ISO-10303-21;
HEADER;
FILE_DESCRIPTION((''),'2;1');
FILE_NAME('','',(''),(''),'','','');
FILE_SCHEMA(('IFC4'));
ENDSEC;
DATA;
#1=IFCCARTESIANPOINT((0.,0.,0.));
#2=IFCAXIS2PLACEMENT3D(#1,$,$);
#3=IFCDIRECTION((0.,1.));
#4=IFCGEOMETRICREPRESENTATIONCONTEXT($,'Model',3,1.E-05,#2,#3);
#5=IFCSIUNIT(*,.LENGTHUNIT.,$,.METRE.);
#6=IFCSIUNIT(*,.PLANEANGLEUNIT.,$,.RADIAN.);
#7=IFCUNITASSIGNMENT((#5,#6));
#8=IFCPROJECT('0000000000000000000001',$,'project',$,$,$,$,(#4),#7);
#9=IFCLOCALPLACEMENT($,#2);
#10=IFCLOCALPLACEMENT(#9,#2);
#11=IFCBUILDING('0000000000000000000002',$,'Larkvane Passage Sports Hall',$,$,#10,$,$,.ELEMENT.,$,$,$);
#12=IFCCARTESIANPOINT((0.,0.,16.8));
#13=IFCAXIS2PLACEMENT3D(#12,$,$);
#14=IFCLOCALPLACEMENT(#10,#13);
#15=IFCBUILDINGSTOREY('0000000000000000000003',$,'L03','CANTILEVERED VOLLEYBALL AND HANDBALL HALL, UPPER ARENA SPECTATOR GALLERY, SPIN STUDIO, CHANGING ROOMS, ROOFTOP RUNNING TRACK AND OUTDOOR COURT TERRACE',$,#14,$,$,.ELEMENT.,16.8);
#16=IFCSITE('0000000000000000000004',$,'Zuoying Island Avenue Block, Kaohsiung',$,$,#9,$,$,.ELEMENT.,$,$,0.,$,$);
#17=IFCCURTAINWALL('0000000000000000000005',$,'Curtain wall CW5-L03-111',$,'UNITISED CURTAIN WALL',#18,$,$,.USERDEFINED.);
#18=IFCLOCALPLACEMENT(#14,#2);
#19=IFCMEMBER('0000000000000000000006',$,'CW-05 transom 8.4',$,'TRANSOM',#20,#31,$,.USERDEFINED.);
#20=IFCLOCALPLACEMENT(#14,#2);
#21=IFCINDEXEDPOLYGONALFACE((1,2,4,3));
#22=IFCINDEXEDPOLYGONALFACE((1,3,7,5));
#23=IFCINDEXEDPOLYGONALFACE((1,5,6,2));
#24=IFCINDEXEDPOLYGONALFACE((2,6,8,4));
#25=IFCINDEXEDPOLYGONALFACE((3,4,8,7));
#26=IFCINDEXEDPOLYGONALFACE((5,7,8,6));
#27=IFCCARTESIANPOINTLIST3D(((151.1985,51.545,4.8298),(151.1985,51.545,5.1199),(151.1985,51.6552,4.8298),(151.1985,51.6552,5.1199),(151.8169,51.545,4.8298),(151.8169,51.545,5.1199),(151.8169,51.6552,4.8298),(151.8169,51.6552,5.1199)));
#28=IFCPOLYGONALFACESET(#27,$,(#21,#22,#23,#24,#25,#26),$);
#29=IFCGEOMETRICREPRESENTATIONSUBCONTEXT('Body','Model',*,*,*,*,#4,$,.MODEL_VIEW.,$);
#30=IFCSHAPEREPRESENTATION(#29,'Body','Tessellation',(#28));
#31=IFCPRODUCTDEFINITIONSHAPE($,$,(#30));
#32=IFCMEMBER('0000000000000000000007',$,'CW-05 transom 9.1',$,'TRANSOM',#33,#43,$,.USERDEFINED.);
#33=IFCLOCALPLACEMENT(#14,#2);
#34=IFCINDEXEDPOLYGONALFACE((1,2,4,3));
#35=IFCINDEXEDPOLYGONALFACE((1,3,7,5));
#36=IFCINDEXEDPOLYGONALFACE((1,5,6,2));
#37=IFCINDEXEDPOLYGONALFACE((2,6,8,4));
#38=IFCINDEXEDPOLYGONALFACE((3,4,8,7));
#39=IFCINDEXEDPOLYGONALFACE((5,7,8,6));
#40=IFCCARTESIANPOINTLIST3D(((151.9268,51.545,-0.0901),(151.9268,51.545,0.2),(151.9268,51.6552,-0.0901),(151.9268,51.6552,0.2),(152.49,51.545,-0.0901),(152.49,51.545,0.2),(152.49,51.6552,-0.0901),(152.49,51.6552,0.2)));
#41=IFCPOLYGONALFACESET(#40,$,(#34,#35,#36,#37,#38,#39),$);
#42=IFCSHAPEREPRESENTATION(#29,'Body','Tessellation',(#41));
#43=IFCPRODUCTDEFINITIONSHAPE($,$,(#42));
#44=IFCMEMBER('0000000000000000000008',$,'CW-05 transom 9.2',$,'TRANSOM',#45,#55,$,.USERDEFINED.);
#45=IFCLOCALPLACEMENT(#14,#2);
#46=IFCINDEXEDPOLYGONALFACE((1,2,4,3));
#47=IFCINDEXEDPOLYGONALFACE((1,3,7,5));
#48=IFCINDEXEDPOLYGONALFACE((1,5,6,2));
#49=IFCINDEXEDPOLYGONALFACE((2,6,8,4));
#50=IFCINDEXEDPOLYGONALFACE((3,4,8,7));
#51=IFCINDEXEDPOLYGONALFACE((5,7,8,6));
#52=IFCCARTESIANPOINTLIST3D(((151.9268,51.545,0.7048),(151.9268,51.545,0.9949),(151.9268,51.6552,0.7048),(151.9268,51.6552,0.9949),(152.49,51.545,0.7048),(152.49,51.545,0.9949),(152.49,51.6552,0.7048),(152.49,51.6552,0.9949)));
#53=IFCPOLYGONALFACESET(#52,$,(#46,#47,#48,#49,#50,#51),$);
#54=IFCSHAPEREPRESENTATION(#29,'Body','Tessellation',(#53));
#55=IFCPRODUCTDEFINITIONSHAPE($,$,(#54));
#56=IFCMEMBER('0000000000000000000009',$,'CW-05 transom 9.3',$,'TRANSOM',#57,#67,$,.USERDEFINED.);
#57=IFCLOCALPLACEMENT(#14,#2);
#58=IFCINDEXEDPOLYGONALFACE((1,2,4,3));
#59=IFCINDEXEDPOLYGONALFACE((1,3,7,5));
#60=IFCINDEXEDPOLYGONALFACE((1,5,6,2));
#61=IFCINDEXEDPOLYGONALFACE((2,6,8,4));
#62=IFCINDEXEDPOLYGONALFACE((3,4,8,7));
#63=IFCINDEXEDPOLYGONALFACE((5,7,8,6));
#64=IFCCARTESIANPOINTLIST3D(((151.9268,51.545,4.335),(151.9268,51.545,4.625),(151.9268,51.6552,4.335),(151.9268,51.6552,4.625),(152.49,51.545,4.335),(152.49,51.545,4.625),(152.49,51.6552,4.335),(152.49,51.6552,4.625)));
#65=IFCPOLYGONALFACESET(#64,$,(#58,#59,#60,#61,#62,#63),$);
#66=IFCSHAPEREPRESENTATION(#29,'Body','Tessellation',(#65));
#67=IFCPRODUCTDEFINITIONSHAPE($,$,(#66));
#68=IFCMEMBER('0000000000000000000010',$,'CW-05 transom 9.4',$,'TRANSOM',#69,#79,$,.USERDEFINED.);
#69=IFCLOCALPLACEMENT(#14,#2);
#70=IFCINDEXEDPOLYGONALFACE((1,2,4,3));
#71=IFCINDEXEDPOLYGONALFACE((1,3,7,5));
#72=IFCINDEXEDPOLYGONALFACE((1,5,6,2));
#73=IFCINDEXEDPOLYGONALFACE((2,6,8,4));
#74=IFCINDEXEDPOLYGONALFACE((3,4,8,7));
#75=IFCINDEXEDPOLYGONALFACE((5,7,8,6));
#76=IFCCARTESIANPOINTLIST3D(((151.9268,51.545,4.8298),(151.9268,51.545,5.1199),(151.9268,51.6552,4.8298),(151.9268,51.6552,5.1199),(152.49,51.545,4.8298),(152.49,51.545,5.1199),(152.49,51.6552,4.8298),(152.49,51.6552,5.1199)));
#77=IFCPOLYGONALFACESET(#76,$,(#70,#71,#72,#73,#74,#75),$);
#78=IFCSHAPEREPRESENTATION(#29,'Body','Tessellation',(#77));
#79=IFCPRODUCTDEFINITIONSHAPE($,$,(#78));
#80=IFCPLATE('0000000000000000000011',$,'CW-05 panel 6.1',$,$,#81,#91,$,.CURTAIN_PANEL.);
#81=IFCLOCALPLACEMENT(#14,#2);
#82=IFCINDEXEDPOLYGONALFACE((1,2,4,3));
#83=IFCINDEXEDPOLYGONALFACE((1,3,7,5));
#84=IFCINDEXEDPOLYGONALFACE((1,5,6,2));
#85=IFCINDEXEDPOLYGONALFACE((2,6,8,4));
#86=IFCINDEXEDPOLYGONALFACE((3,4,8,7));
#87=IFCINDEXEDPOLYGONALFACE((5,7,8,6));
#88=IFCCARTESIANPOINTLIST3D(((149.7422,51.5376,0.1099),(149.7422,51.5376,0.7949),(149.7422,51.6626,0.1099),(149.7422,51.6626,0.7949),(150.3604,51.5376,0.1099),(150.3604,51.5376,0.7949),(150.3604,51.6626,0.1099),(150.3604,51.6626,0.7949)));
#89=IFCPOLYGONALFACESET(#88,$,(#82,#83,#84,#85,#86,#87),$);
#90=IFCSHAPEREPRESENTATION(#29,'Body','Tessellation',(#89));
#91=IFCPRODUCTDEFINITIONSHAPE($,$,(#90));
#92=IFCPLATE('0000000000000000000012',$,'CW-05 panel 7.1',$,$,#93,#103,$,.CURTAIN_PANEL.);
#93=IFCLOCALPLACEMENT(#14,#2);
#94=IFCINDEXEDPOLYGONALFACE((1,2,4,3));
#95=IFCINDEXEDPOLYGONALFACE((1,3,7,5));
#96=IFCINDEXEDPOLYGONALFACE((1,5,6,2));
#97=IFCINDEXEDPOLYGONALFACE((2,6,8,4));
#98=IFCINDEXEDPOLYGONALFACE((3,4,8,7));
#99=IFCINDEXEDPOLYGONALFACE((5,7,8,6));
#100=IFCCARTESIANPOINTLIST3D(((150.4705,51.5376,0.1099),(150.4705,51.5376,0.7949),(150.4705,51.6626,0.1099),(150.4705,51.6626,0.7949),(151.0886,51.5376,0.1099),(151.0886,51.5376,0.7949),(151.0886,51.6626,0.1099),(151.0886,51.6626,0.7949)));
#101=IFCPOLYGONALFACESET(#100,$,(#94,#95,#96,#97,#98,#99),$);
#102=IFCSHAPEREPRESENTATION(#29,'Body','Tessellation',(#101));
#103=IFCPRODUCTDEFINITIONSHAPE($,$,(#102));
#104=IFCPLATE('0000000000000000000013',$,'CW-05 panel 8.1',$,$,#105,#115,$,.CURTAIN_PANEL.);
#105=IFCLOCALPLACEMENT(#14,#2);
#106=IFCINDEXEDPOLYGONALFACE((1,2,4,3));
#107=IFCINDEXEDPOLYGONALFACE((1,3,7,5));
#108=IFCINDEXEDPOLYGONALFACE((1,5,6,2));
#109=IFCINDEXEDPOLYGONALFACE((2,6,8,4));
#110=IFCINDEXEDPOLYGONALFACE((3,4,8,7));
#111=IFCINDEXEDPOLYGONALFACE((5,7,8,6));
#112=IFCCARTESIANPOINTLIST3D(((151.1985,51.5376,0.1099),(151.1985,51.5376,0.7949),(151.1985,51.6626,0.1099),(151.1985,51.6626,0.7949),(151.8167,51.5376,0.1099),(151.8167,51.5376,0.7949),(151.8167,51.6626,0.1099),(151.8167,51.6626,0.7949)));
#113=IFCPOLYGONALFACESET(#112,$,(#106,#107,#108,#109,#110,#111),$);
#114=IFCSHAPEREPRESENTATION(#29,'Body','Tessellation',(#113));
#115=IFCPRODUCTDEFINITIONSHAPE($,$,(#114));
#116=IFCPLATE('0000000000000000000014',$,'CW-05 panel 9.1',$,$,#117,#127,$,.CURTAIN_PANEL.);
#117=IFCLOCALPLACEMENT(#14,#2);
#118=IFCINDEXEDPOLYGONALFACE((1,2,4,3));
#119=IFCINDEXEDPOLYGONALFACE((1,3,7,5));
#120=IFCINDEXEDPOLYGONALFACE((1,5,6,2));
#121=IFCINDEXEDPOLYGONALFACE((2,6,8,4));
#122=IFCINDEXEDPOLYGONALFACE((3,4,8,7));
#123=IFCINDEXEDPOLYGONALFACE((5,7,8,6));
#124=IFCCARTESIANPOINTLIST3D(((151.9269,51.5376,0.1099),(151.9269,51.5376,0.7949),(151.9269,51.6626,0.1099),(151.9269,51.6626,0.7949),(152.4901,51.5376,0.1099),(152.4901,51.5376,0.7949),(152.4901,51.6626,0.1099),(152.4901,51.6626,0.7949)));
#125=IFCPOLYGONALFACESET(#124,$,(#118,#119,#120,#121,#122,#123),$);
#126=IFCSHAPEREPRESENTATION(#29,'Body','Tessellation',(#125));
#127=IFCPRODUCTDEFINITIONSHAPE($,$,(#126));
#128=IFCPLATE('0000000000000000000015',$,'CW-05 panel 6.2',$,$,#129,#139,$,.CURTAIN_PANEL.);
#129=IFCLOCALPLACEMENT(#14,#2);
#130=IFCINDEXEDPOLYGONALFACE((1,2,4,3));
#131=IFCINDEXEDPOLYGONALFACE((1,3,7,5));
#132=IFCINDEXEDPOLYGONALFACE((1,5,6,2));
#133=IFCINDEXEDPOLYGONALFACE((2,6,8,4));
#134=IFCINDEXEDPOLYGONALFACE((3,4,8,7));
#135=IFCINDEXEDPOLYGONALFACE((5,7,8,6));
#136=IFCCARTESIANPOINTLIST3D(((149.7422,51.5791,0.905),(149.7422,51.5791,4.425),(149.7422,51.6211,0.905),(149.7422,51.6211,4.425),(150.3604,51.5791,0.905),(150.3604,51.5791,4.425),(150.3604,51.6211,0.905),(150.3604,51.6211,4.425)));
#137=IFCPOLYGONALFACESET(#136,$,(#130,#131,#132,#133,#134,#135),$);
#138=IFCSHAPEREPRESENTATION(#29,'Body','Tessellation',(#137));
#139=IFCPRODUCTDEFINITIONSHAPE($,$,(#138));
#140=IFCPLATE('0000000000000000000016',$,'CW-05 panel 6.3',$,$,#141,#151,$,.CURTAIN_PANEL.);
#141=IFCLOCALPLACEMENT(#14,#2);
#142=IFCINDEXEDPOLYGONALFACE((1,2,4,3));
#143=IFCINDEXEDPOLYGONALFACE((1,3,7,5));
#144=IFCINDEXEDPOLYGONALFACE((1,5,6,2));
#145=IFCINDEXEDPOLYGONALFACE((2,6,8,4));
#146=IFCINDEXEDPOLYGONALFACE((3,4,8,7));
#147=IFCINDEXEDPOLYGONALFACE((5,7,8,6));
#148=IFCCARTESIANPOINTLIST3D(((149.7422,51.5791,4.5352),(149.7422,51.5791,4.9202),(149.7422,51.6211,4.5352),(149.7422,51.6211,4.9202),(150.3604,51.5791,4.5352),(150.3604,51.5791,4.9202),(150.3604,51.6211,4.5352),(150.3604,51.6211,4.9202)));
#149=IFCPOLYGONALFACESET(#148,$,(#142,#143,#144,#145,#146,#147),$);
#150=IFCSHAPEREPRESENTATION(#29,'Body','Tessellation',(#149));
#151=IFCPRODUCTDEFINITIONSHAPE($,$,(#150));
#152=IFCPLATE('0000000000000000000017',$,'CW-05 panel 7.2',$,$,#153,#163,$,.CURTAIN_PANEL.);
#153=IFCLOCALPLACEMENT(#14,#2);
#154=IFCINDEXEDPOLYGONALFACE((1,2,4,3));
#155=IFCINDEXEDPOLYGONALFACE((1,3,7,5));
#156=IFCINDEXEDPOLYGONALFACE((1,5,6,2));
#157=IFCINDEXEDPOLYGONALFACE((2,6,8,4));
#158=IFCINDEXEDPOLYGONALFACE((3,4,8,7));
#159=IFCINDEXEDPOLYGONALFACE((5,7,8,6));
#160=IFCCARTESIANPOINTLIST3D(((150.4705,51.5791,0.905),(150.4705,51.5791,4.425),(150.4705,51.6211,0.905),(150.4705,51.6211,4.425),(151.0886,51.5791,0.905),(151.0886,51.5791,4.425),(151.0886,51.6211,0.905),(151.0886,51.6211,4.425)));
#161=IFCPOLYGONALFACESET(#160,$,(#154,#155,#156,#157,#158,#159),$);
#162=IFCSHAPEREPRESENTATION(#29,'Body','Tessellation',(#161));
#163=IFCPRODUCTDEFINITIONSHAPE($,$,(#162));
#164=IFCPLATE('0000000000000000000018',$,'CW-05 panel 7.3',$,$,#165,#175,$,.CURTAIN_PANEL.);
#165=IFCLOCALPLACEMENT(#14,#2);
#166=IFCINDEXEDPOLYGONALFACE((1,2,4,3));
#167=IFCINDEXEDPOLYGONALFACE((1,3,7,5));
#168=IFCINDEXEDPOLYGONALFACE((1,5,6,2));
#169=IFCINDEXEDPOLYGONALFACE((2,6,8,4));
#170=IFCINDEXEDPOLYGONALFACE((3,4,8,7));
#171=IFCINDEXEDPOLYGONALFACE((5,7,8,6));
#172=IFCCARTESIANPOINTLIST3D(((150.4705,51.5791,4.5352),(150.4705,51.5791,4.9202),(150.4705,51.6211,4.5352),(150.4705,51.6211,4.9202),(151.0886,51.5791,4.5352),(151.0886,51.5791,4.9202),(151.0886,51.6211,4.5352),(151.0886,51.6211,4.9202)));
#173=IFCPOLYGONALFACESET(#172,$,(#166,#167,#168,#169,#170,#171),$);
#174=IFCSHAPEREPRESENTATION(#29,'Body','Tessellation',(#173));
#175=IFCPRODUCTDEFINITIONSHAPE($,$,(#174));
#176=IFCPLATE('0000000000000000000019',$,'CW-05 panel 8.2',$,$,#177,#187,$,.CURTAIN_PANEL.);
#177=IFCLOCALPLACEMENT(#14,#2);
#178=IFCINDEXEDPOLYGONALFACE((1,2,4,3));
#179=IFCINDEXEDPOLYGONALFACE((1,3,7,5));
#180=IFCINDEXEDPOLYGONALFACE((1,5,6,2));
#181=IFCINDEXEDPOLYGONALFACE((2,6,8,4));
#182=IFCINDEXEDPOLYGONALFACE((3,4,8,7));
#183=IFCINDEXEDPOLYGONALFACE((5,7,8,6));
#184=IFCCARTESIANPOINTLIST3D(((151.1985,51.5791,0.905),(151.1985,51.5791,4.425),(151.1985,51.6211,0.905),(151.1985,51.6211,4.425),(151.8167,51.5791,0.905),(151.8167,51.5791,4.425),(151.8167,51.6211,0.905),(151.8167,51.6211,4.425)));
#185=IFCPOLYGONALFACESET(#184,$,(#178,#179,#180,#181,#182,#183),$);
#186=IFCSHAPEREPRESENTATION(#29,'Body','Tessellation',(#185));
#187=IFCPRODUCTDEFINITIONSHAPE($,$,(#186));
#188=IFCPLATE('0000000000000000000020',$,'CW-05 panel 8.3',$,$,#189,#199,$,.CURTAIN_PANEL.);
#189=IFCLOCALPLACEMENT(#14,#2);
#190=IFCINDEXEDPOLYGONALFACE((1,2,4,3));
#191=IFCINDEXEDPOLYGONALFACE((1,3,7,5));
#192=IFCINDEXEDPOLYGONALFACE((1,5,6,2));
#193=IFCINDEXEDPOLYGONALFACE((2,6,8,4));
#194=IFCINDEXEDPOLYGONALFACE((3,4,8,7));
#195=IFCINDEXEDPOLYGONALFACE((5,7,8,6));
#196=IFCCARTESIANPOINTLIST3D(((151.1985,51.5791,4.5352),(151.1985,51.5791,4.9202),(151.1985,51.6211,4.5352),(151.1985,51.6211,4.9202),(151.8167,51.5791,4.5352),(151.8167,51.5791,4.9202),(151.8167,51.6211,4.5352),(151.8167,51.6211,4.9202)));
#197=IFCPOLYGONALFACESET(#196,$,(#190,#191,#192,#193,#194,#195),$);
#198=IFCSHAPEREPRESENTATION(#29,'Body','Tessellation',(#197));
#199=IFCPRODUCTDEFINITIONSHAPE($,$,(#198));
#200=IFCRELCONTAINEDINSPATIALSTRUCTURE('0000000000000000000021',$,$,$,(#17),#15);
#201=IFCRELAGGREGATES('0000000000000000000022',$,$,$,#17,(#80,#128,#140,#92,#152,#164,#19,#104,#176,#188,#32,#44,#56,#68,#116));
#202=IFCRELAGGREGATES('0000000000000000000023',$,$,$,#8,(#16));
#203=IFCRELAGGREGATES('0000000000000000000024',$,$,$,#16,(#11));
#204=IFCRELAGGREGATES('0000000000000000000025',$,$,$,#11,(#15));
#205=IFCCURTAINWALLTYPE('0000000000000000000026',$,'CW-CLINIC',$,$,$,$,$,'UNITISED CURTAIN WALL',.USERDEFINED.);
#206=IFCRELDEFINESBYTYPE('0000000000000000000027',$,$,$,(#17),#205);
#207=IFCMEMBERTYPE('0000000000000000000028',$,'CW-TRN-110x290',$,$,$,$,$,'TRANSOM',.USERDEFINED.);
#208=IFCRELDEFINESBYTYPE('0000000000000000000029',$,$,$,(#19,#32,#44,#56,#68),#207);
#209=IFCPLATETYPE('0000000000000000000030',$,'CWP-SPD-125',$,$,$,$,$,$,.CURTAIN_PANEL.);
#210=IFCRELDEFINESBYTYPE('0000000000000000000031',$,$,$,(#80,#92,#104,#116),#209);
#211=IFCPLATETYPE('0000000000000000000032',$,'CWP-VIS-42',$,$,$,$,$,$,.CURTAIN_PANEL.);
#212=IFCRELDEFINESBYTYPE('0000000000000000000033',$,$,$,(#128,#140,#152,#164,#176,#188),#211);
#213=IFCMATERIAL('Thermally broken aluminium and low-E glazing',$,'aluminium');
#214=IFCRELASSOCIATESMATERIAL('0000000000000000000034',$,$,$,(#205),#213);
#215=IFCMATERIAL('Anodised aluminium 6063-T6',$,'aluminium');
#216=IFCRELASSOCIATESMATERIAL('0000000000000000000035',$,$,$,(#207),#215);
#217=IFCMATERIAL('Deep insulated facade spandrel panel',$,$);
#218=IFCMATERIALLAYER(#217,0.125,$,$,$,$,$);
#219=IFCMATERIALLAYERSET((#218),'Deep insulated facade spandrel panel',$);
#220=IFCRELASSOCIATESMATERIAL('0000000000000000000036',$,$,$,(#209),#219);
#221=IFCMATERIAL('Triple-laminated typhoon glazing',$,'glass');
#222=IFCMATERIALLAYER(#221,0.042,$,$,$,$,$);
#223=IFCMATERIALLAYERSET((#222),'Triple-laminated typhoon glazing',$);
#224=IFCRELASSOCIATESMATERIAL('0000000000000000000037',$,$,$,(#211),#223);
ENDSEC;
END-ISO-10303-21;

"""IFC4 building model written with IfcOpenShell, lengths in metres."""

from ifc_helpers import new_model, si_unit, direction, frame, origin, origin_2d, place, context, subcontext, project, spatial, rectangle, extrude, material, layer, layer_set, material_profile, profile_set, type_object, element, aggregate, save


model = new_model("IFC4")

# Units and contexts
model_context = context("Model", 3, precision=1e-05, world=origin(), true_north=direction((0.0, 1.0)))
body_context = subcontext(model_context, "Body", "Model", "MODEL_VIEW")
ifc_project = project(units=[si_unit("LENGTHUNIT", "METRE"), si_unit("PLANEANGLEUNIT", "RADIAN")], contexts=[model_context])

# Site, building, storey
site_placement = place(None, origin())
site = spatial("IfcSite", under=ifc_project, at=site_placement, Name="Zuoying Island Avenue Block, Kaohsiung", CompositionType="ELEMENT", RefElevation=0.0)
building_placement = place(site_placement, origin())
building = spatial("IfcBuilding", under=site, at=building_placement, Name="Larkvane Passage Sports Hall", CompositionType="ELEMENT")
storey_placement = place(building_placement, frame((0.0, 0.0, 16.8)))
storey = spatial("IfcBuildingStorey", under=building, at=storey_placement, Name="L03", Description="CANTILEVERED VOLLEYBALL AND HANDBALL HALL, UPPER ARENA SPECTATOR GALLERY, SPIN STUDIO, CHANGING ROOMS, ROOFTOP RUNNING TRACK AND OUTDOOR COURT TERRACE", CompositionType="ELEMENT", Elevation=16.8)

# Curtain wall, members, plates
ifc_material_1 = material(Name="Thermally broken aluminium and low-E glazing", Category="aluminium")
curtain_wall_type = type_object("IfcCurtainWallType", Name="CW-CLINIC", ElementType="UNITISED CURTAIN WALL", PredefinedType="USERDEFINED", material=ifc_material_1)
curtain_wall_placement = place(storey_placement, origin())
curtain_wall = element("IfcCurtainWall", 1, at=curtain_wall_placement, inside=storey, type_object=curtain_wall_type, Name="Curtain wall CW5-L03-111", ObjectType="UNITISED CURTAIN WALL", PredefinedType="USERDEFINED")
ifc_material_2 = material(Name="Anodised aluminium 6063-T6", Category="aluminium")
ifc_material_profile_1 = material_profile(ifc_material_2, rectangle(XDim=0.1101, YDim=0.29, at=origin_2d()), Name="ALU-TRN-110x290")
ifc_profile_set_1 = profile_set([ifc_material_profile_1], Name="Anodised aluminium 6063-T6")
member_type_1 = type_object("IfcMemberType", Name="CW-TRN-110x290", ElementType="TRANSOM", PredefinedType="USERDEFINED", material=ifc_profile_set_1)
member_1_placement = place(storey_placement, frame((151.1985, 51.6001, 4.9749), z_axis=(1.0, 0.0, 0.0), x_axis=(0.0, 1.0, 0.0)))
member_1 = element("IfcMember", 2, at=member_1_placement, type_object=member_type_1, Name="CW-05 transom 8.4", ObjectType="TRANSOM", PredefinedType="USERDEFINED", context=body_context, shape_type="SweptSolid", body=[
    extrude(rectangle(XDim=0.1101, YDim=0.29, at=origin_2d()), origin(), (0.0, 0.0, 1.0), 0.6184),
])
member_2_placement = place(storey_placement, frame((151.9268, 51.6001, 0.0549), z_axis=(1.0, 0.0, 0.0), x_axis=(0.0, 1.0, 0.0)))
member_2 = element("IfcMember", 3, at=member_2_placement, type_object=member_type_1, Name="CW-05 transom 9.1", ObjectType="TRANSOM", PredefinedType="USERDEFINED", context=body_context, shape_type="SweptSolid", body=[
    extrude(rectangle(XDim=0.1101, YDim=0.29, at=origin_2d()), origin(), (0.0, 0.0, 1.0), 0.5632),
])
member_3_placement = place(storey_placement, frame((151.9268, 51.6001, 0.8499), z_axis=(1.0, 0.0, 0.0), x_axis=(0.0, 1.0, 0.0)))
member_3 = element("IfcMember", 4, at=member_3_placement, type_object=member_type_1, Name="CW-05 transom 9.2", ObjectType="TRANSOM", PredefinedType="USERDEFINED", context=body_context, shape_type="SweptSolid", body=[
    extrude(rectangle(XDim=0.1101, YDim=0.29, at=origin_2d()), origin(), (0.0, 0.0, 1.0), 0.5632),
])
member_4_placement = place(storey_placement, frame((151.9268, 51.6001, 4.48), z_axis=(1.0, 0.0, 0.0), x_axis=(0.0, 1.0, 0.0)))
member_4 = element("IfcMember", 5, at=member_4_placement, type_object=member_type_1, Name="CW-05 transom 9.3", ObjectType="TRANSOM", PredefinedType="USERDEFINED", context=body_context, shape_type="SweptSolid", body=[
    extrude(rectangle(XDim=0.1101, YDim=0.29, at=origin_2d()), origin(), (0.0, 0.0, 1.0), 0.5632),
])
member_5_placement = place(storey_placement, frame((151.9268, 51.6001, 4.9749), z_axis=(1.0, 0.0, 0.0), x_axis=(0.0, 1.0, 0.0)))
member_5 = element("IfcMember", 6, at=member_5_placement, type_object=member_type_1, Name="CW-05 transom 9.4", ObjectType="TRANSOM", PredefinedType="USERDEFINED", context=body_context, shape_type="SweptSolid", body=[
    extrude(rectangle(XDim=0.1101, YDim=0.29, at=origin_2d()), origin(), (0.0, 0.0, 1.0), 0.5632),
])
ifc_material_3 = material(Name="Deep insulated facade spandrel panel")
ifc_layer_1 = layer(ifc_material_3, 0.125)
ifc_layer_set_1 = layer_set([ifc_layer_1], Name="Deep insulated facade spandrel panel")
plate_type_1 = type_object("IfcPlateType", Name="CWP-SPD-125", PredefinedType="CURTAIN_PANEL", material=ifc_layer_set_1)
plate_1_placement = place(storey_placement, frame((150.0513, 51.6001, 0.1099), z_axis=(0.0, 0.0, 1.0), x_axis=(1.0, 0.0, 0.0)))
plate_1 = element("IfcPlate", 7, at=plate_1_placement, type_object=plate_type_1, Name="CW-05 panel 6.1", PredefinedType="CURTAIN_PANEL", context=body_context, shape_type="SweptSolid", body=[
    extrude(rectangle(XDim=0.6182, YDim=0.125, at=origin_2d()), origin(), (0.0, 0.0, 1.0), 0.6851),
])
plate_2_placement = place(storey_placement, frame((150.7795, 51.6001, 0.1099), z_axis=(0.0, 0.0, 1.0), x_axis=(1.0, 0.0, 0.0)))
plate_2 = element("IfcPlate", 8, at=plate_2_placement, type_object=plate_type_1, Name="CW-05 panel 7.1", PredefinedType="CURTAIN_PANEL", context=body_context, shape_type="SweptSolid", body=[
    extrude(rectangle(XDim=0.6182, YDim=0.125, at=origin_2d()), origin(), (0.0, 0.0, 1.0), 0.6851),
])
plate_3_placement = place(storey_placement, frame((151.5076, 51.6001, 0.1099), z_axis=(0.0, 0.0, 1.0), x_axis=(1.0, 0.0, 0.0)))
plate_3 = element("IfcPlate", 9, at=plate_3_placement, type_object=plate_type_1, Name="CW-05 panel 8.1", PredefinedType="CURTAIN_PANEL", context=body_context, shape_type="SweptSolid", body=[
    extrude(rectangle(XDim=0.6182, YDim=0.125, at=origin_2d()), origin(), (0.0, 0.0, 1.0), 0.6851),
])
plate_4_placement = place(storey_placement, frame((152.2085, 51.6001, 0.1099), z_axis=(0.0, 0.0, 1.0), x_axis=(1.0, 0.0, 0.0)))
plate_4 = element("IfcPlate", 10, at=plate_4_placement, type_object=plate_type_1, Name="CW-05 panel 9.1", PredefinedType="CURTAIN_PANEL", context=body_context, shape_type="SweptSolid", body=[
    extrude(rectangle(XDim=0.5632, YDim=0.125, at=origin_2d()), origin(), (0.0, 0.0, 1.0), 0.6851),
])
ifc_material_4 = material(Name="Triple-laminated typhoon glazing", Category="glass")
ifc_layer_2 = layer(ifc_material_4, 0.042)
ifc_layer_set_2 = layer_set([ifc_layer_2], Name="Triple-laminated typhoon glazing")
plate_type_2 = type_object("IfcPlateType", Name="CWP-VIS-42", PredefinedType="CURTAIN_PANEL", material=ifc_layer_set_2)
plate_5_placement = place(storey_placement, frame((150.0513, 51.6001, 0.905), z_axis=(0.0, 0.0, 1.0), x_axis=(1.0, 0.0, 0.0)))
plate_5 = element("IfcPlate", 11, at=plate_5_placement, type_object=plate_type_2, Name="CW-05 panel 6.2", PredefinedType="CURTAIN_PANEL", context=body_context, shape_type="SweptSolid", body=[
    extrude(rectangle(XDim=0.6182, YDim=0.042, at=origin_2d()), origin(), (0.0, 0.0, 1.0), 3.52),
])
plate_6_placement = place(storey_placement, frame((150.0513, 51.6001, 4.5352), z_axis=(0.0, 0.0, 1.0), x_axis=(1.0, 0.0, 0.0)))
plate_6 = element("IfcPlate", 12, at=plate_6_placement, type_object=plate_type_2, Name="CW-05 panel 6.3", PredefinedType="CURTAIN_PANEL", context=body_context, shape_type="SweptSolid", body=[
    extrude(rectangle(XDim=0.6182, YDim=0.042, at=origin_2d()), origin(), (0.0, 0.0, 1.0), 0.385),
])
plate_7_placement = place(storey_placement, frame((150.7795, 51.6001, 0.905), z_axis=(0.0, 0.0, 1.0), x_axis=(1.0, 0.0, 0.0)))
plate_7 = element("IfcPlate", 13, at=plate_7_placement, type_object=plate_type_2, Name="CW-05 panel 7.2", PredefinedType="CURTAIN_PANEL", context=body_context, shape_type="SweptSolid", body=[
    extrude(rectangle(XDim=0.6182, YDim=0.042, at=origin_2d()), origin(), (0.0, 0.0, 1.0), 3.52),
])
plate_8_placement = place(storey_placement, frame((150.7795, 51.6001, 4.5352), z_axis=(0.0, 0.0, 1.0), x_axis=(1.0, 0.0, 0.0)))
plate_8 = element("IfcPlate", 14, at=plate_8_placement, type_object=plate_type_2, Name="CW-05 panel 7.3", PredefinedType="CURTAIN_PANEL", context=body_context, shape_type="SweptSolid", body=[
    extrude(rectangle(XDim=0.6182, YDim=0.042, at=origin_2d()), origin(), (0.0, 0.0, 1.0), 0.385),
])
plate_9_placement = place(storey_placement, frame((151.5076, 51.6001, 0.905), z_axis=(0.0, 0.0, 1.0), x_axis=(1.0, 0.0, 0.0)))
plate_9 = element("IfcPlate", 15, at=plate_9_placement, type_object=plate_type_2, Name="CW-05 panel 8.2", PredefinedType="CURTAIN_PANEL", context=body_context, shape_type="SweptSolid", body=[
    extrude(rectangle(XDim=0.6182, YDim=0.042, at=origin_2d()), origin(), (0.0, 0.0, 1.0), 3.52),
])
plate_10_placement = place(storey_placement, frame((151.5076, 51.6001, 4.5352), z_axis=(0.0, 0.0, 1.0), x_axis=(1.0, 0.0, 0.0)))
plate_10 = element("IfcPlate", 16, at=plate_10_placement, type_object=plate_type_2, Name="CW-05 panel 8.3", PredefinedType="CURTAIN_PANEL", context=body_context, shape_type="SweptSolid", body=[
    extrude(rectangle(XDim=0.6182, YDim=0.042, at=origin_2d()), origin(), (0.0, 0.0, 1.0), 0.385),
])
aggregate(curtain_wall, [plate_1, plate_5, plate_6, plate_2, plate_7, plate_8, member_1, plate_3, plate_9, plate_10, member_2, member_3, member_4, member_5, plate_4])

save(model, "model.ifc")
